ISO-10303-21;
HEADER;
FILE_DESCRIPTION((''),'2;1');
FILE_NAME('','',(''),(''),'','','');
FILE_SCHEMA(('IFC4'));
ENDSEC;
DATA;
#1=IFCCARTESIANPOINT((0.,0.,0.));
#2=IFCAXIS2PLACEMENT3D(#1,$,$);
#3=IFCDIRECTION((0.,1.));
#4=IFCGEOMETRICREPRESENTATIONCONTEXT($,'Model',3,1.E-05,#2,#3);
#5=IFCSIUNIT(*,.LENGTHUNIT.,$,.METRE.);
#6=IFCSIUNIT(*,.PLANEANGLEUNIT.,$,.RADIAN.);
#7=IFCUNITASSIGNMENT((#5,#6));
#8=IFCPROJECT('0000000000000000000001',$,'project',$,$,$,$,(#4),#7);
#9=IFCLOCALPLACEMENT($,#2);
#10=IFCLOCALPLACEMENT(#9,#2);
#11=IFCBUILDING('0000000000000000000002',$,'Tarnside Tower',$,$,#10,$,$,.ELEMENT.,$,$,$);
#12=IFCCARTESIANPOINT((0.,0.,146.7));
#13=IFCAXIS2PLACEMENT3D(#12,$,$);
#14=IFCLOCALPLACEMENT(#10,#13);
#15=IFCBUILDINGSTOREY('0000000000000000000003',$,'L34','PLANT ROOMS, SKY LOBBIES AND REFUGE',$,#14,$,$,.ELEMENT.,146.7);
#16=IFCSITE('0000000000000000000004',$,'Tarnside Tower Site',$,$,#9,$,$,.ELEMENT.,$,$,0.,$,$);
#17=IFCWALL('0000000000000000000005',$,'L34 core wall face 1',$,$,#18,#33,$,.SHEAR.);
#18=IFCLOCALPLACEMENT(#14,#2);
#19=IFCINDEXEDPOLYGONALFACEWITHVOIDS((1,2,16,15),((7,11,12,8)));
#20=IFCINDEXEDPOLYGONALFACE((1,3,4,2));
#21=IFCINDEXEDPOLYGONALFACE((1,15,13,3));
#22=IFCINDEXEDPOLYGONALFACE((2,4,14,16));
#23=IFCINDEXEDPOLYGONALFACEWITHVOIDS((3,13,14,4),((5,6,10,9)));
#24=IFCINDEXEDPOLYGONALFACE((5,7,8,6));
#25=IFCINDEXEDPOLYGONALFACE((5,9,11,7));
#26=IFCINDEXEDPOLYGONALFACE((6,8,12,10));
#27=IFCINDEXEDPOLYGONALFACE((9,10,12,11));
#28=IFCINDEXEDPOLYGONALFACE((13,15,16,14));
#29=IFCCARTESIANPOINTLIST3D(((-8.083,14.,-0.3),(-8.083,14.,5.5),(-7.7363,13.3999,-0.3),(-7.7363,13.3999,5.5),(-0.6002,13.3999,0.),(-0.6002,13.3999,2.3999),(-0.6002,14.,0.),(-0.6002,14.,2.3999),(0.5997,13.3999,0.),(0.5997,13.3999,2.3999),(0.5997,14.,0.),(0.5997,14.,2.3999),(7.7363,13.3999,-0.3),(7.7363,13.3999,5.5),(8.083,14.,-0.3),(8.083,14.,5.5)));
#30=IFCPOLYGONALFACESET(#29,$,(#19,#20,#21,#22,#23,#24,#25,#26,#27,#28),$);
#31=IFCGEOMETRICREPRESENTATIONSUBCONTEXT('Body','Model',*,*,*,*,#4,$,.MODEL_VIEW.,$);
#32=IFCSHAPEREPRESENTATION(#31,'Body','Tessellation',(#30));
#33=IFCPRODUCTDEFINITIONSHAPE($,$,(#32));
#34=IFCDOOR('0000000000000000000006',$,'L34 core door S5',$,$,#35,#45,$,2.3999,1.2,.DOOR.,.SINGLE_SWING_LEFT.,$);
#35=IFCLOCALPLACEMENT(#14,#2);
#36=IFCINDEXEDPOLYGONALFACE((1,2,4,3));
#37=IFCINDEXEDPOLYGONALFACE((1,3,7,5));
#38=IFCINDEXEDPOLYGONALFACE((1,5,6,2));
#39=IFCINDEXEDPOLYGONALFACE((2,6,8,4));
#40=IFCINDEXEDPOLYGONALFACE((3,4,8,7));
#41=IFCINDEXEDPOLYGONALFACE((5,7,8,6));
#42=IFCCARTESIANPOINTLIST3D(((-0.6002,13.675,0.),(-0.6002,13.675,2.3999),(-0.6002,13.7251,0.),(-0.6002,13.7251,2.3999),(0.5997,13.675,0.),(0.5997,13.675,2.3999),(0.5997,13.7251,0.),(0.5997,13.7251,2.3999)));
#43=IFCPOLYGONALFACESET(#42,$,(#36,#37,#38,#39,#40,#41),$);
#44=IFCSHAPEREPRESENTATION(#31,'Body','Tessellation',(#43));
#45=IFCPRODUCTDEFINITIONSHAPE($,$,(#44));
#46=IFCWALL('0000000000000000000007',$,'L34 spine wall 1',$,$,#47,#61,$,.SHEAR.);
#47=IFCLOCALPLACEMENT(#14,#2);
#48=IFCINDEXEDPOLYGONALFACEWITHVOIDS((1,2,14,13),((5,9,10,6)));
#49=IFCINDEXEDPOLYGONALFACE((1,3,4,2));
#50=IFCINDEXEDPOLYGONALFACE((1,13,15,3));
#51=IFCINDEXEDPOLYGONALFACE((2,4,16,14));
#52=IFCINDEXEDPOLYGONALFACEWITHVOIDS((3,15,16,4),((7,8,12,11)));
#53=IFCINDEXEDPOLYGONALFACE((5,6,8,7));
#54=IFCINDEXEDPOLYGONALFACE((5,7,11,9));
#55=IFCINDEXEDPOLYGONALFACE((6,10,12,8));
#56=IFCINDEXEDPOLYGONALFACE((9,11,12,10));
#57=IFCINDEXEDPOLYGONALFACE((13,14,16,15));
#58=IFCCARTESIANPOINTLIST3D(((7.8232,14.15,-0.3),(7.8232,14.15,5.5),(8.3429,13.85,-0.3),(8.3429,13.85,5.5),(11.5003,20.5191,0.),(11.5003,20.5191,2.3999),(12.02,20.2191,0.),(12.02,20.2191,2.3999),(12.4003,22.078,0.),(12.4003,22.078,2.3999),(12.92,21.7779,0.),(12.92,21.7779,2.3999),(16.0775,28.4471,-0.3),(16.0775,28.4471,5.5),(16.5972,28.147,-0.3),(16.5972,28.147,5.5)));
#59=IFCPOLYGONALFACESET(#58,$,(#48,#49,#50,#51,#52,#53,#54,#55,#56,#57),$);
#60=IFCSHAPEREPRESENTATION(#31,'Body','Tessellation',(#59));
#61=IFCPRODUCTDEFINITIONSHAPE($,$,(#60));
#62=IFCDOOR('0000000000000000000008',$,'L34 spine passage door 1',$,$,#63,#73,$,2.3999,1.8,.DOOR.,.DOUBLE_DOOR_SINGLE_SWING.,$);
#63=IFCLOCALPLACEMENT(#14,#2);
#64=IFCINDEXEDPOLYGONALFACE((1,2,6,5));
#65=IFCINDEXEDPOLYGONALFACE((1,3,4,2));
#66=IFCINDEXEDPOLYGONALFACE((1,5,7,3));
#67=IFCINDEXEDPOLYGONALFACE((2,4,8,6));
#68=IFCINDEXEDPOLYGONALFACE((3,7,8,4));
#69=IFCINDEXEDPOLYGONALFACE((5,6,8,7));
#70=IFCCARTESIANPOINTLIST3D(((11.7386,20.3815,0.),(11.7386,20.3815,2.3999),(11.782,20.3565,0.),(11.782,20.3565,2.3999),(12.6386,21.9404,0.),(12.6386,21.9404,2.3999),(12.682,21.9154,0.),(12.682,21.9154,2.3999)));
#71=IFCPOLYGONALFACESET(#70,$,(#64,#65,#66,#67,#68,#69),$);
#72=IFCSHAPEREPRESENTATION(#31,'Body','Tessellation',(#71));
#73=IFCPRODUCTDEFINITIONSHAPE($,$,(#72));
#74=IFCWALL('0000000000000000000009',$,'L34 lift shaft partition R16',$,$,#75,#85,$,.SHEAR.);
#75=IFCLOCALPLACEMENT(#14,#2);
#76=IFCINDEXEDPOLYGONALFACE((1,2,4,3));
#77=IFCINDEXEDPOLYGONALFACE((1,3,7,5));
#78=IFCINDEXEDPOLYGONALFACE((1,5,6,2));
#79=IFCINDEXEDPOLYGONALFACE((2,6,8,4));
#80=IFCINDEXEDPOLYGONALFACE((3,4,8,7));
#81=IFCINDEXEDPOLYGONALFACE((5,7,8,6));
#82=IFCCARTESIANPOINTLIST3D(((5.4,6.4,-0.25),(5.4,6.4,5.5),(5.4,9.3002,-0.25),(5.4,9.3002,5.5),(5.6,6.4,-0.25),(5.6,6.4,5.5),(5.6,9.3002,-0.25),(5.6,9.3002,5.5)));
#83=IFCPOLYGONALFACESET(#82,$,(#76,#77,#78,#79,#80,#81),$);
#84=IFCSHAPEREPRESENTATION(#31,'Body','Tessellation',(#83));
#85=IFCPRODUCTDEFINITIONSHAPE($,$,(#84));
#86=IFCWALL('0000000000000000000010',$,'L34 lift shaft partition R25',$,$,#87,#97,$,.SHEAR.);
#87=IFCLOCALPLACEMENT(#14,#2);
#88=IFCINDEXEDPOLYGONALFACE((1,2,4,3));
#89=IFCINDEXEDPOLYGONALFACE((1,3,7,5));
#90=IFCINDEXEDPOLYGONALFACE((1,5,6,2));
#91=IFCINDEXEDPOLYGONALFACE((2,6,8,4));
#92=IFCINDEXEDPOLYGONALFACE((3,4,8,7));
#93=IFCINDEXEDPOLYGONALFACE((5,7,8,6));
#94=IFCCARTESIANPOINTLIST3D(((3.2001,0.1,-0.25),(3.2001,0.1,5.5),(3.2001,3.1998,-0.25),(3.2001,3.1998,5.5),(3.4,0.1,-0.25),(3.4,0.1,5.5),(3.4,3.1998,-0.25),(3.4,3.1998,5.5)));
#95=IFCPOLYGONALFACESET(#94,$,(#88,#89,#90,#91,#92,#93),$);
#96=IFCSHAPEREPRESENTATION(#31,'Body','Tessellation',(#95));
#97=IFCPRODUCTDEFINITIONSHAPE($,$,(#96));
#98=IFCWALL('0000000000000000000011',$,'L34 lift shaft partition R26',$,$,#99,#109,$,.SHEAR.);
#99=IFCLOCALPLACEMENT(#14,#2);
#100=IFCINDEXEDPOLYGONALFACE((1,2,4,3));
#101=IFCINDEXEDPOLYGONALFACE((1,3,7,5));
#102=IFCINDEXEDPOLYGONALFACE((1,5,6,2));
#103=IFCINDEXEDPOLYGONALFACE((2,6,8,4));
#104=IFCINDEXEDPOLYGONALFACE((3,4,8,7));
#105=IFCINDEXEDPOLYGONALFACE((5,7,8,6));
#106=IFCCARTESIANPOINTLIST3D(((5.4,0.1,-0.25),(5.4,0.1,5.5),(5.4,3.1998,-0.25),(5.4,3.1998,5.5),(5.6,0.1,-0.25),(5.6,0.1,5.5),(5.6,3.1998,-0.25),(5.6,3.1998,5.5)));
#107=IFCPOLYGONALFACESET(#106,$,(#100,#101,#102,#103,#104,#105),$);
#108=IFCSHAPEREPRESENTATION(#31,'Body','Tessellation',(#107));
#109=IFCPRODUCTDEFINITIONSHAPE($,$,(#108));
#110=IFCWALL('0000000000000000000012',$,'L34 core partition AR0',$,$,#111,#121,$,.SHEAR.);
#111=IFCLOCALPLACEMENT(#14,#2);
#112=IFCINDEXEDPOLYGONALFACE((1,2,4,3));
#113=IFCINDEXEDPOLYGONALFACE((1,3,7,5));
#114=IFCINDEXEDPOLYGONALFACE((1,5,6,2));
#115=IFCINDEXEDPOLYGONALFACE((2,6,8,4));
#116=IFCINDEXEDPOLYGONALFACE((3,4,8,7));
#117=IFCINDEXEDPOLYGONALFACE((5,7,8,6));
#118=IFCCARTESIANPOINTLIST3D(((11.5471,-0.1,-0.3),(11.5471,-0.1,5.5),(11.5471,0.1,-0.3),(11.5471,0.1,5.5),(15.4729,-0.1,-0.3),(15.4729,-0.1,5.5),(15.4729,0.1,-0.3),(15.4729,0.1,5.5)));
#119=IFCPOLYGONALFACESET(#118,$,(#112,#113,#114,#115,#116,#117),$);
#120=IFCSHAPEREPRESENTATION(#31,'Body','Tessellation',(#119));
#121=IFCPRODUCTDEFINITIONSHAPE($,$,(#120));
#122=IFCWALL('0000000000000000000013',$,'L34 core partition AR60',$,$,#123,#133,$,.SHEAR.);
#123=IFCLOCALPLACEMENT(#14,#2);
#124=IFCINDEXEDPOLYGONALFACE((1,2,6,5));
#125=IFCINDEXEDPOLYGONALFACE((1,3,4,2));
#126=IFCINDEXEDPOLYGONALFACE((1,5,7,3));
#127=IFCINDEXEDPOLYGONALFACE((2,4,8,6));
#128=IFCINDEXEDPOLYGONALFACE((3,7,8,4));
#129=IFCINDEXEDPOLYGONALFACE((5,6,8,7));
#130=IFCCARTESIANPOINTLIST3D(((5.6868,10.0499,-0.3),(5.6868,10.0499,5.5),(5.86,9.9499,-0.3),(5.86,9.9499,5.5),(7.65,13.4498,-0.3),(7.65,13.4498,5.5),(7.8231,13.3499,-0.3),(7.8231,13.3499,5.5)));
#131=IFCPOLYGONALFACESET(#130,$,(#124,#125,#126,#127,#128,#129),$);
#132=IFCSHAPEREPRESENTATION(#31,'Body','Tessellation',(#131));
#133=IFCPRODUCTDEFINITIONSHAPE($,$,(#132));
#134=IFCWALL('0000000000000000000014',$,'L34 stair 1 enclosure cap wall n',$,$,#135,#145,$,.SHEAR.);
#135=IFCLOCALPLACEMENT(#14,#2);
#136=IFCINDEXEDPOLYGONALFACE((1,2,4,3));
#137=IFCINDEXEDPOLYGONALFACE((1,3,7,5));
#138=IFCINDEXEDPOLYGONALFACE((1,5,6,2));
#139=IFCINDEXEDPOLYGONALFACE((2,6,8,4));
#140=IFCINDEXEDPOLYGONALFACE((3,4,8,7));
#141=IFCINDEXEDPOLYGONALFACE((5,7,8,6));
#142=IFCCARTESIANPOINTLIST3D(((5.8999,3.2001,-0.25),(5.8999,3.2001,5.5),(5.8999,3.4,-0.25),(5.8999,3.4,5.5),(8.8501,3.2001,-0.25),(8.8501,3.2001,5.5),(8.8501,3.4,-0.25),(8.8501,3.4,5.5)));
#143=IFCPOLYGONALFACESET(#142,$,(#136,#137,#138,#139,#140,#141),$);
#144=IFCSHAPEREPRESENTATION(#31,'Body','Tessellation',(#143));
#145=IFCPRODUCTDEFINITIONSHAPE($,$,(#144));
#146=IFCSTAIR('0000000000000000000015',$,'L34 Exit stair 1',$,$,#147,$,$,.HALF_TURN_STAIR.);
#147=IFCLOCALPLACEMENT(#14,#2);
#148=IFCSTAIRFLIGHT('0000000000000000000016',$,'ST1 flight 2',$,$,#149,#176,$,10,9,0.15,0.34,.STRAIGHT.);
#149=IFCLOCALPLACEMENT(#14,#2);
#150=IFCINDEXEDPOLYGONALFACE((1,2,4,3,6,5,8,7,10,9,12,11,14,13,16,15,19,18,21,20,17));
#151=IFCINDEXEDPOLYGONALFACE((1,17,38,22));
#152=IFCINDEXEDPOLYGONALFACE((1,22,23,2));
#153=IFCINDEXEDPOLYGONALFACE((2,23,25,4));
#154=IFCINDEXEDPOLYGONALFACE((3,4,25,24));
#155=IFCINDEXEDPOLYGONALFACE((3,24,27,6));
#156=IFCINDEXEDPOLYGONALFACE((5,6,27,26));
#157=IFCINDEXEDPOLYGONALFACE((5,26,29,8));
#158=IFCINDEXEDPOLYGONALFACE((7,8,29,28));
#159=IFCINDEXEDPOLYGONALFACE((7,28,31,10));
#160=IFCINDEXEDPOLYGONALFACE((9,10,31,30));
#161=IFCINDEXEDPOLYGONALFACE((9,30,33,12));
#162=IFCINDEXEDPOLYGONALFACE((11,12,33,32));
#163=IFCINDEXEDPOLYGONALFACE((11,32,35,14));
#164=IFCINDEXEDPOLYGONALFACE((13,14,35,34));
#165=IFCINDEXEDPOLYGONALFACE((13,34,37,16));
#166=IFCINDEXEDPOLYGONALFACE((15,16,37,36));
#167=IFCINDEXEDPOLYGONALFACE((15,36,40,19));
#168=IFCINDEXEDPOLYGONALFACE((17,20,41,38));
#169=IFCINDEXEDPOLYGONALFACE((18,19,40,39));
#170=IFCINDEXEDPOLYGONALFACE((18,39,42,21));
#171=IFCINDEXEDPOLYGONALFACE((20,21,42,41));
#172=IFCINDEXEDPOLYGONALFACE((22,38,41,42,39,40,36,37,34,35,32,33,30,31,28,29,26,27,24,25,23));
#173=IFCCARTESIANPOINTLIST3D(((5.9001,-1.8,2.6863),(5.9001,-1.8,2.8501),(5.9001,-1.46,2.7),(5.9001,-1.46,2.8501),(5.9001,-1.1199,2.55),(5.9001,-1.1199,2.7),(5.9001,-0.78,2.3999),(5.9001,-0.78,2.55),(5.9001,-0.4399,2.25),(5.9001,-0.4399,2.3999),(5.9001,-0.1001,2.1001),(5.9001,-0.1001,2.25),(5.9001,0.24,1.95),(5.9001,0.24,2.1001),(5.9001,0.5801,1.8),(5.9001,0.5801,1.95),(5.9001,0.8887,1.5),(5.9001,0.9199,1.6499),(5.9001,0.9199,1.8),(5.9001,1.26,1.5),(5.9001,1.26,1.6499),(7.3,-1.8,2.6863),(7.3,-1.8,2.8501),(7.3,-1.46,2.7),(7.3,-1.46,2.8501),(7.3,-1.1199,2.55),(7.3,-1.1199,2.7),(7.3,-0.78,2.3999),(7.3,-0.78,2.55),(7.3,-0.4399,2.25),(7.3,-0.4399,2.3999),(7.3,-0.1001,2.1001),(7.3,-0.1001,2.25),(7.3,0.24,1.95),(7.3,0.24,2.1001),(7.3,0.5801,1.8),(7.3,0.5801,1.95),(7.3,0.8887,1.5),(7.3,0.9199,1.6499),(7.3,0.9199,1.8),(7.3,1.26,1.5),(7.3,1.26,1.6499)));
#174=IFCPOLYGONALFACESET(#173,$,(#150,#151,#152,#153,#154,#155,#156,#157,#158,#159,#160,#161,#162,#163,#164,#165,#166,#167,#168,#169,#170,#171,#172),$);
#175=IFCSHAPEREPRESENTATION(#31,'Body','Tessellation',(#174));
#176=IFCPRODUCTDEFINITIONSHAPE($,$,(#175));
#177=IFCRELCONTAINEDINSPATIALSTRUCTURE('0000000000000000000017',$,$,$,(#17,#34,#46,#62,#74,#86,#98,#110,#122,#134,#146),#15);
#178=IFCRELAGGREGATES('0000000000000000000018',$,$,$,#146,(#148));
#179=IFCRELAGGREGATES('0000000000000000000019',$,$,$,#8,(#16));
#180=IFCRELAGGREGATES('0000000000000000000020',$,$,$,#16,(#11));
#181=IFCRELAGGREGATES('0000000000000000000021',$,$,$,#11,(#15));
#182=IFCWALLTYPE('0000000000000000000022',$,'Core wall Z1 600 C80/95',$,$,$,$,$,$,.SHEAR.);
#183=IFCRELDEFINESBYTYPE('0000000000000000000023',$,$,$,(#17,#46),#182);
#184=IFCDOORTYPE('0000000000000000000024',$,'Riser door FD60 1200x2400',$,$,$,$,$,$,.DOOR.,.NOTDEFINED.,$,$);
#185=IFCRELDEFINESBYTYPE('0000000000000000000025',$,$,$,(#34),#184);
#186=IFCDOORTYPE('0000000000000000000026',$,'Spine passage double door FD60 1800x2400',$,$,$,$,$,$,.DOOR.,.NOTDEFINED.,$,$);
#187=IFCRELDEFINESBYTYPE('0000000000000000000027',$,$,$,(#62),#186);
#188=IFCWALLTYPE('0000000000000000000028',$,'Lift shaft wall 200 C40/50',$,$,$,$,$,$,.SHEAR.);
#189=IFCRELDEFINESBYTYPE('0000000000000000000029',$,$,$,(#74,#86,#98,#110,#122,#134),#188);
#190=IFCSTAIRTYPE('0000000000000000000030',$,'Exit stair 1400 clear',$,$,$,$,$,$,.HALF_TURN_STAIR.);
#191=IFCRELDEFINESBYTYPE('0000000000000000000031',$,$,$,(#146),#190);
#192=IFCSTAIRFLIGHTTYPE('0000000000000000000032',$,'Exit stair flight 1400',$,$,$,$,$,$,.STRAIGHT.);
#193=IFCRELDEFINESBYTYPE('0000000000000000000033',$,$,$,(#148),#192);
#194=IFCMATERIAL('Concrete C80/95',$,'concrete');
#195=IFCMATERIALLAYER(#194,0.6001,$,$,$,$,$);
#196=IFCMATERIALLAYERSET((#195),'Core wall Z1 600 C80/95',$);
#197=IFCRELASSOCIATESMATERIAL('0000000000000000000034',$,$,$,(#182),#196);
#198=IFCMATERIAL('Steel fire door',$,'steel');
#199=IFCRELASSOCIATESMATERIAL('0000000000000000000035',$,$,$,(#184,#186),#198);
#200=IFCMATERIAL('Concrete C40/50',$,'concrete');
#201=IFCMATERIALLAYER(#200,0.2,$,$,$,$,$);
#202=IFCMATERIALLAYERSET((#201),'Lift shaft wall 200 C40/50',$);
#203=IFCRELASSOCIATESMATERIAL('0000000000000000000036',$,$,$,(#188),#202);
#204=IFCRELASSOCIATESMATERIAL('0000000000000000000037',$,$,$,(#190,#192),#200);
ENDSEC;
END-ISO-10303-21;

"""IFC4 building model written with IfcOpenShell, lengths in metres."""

from ifc_helpers import new_model, si_unit, direction, frame, frame_2d, origin, place, context, subcontext, project, spatial, polyline, rectangle, outline, extrude, material, layer, layer_set, type_object, element, fill, aggregate, save


model = new_model("IFC4")

# Units and contexts
model_context = context("Model", 3, precision=1e-05, world=origin(), true_north=direction((0.0, 1.0)))
body_context = subcontext(model_context, "Body", "Model", "MODEL_VIEW")
ifc_project = project(units=[si_unit("LENGTHUNIT", "METRE"), si_unit("PLANEANGLEUNIT", "RADIAN")], contexts=[model_context])

# Site, building, storey
site_placement = place(None, origin())
site = spatial("IfcSite", under=ifc_project, at=site_placement, Name="Tarnside Tower Site", CompositionType="ELEMENT", RefElevation=0.0)
building_placement = place(site_placement, origin())
building = spatial("IfcBuilding", under=site, at=building_placement, Name="Tarnside Tower", CompositionType="ELEMENT")
storey_placement = place(building_placement, frame((0.0, 0.0, 146.7)))
storey = spatial("IfcBuildingStorey", under=building, at=storey_placement, Name="L34", Description="PLANT ROOMS, SKY LOBBIES AND REFUGE", CompositionType="ELEMENT", Elevation=146.7)

# Shared definitions
ifc_material_1 = material(Name="Steel fire door", Category="steel")

# Walls, openings, doors
ifc_material_2 = material(Name="Concrete C80/95", Category="concrete")
ifc_layer_1 = layer(ifc_material_2, 0.6001)
ifc_layer_set_1 = layer_set([ifc_layer_1], Name="Core wall Z1 600 C80/95")
wall_type_1 = type_object("IfcWallType", Name="Core wall Z1 600 C80/95", PredefinedType="SHEAR", material=ifc_layer_set_1)
wall_1_placement = place(storey_placement, frame((7.9097, 13.7, -0.3), z_axis=(0.0, 0.0, 1.0), x_axis=(-1.0, 0.0, 0.0)))
wall_1 = element("IfcWall", 1, at=wall_1_placement, inside=storey, type_object=wall_type_1, Name="L34 core wall face 1", PredefinedType="SHEAR", context=body_context, shape_type="SweptSolid", body=[
    extrude(outline(polyline([(-0.1733, -0.3), (15.9927, -0.3), (15.646, 0.3), (0.1733, 0.3), (-0.1733, -0.3)])), origin(), (0.0, 0.0, 1.0), 5.8),
])
opening_1_placement = place(wall_1_placement, frame((7.3098, 0.0, 0.3)))
opening_1 = element("IfcOpeningElement", 2, at=opening_1_placement, cuts=wall_1, PredefinedType="OPENING", context=body_context, shape_type="SweptSolid", body=[
    extrude(rectangle(XDim=1.2, YDim=2.3999, at=frame_2d((0.6001, 1.2))), frame((0.0, 0.3101, 0.0), z_axis=(0.0, -1.0, 0.0), x_axis=(1.0, 0.0, 0.0)), (0.0, 0.0, 1.0), 0.6201),
])
door_type_1 = type_object("IfcDoorType", Name="Riser door FD60 1200x2400", OperationType="NOTDEFINED", PredefinedType="DOOR", material=ifc_material_1)
door_1_placement = place(opening_1_placement, origin())
door_1 = element("IfcDoor", 3, at=door_1_placement, inside=storey, type_object=door_type_1, Name="L34 core door S5", OperationType="SINGLE_SWING_LEFT", OverallHeight=2.3999, OverallWidth=1.2, PredefinedType="DOOR", context=body_context, shape_type="SweptSolid", body=[
    extrude(rectangle(XDim=1.2, YDim=2.3999, at=frame_2d((0.6001, 1.2))), frame((0.0, 0.0249, 0.0), z_axis=(0.0, -1.0, 0.0), x_axis=(1.0, 0.0, 0.0)), (0.0, 0.0, 1.0), 0.05),
])
fill(opening_1, door_1)
wall_2_placement = place(storey_placement, frame((8.083, 14.0, -0.3), z_axis=(0.0, 0.0, 1.0), x_axis=(0.499998, 0.866027, 0.0)))
wall_2 = element("IfcWall", 4, at=wall_2_placement, inside=storey, type_object=wall_type_1, Name="L34 spine wall 1", PredefinedType="SHEAR", context=body_context, shape_type="SweptSolid", body=[
    extrude(rectangle(XDim=16.5088, YDim=0.6001, at=frame_2d((8.2544, 0.0))), origin(), (0.0, 0.0, 1.0), 5.8),
])
opening_2_placement = place(wall_2_placement, frame((7.3545, 0.0, 0.3)))
opening_2 = element("IfcOpeningElement", 5, at=opening_2_placement, cuts=wall_2, PredefinedType="OPENING", context=body_context, shape_type="SweptSolid", body=[
    extrude(rectangle(XDim=1.8, YDim=2.3999, at=frame_2d((0.8999, 1.2))), frame((0.0, 0.3101, 0.0), z_axis=(0.0, -1.0, 0.0), x_axis=(1.0, 0.0, 0.0)), (0.0, 0.0, 1.0), 0.6201),
])
door_type_2 = type_object("IfcDoorType", Name="Spine passage double door FD60 1800x2400", OperationType="NOTDEFINED", PredefinedType="DOOR", material=ifc_material_1)
door_2_placement = place(opening_2_placement, origin())
door_2 = element("IfcDoor", 6, at=door_2_placement, inside=storey, type_object=door_type_2, Name="L34 spine passage door 1", OperationType="DOUBLE_DOOR_SINGLE_SWING", OverallHeight=2.3999, OverallWidth=1.8, PredefinedType="DOOR", context=body_context, shape_type="SweptSolid", body=[
    extrude(rectangle(XDim=1.8, YDim=2.3999, at=frame_2d((0.8999, 1.2))), frame((0.0, 0.0249, 0.0), z_axis=(0.0, -1.0, 0.0), x_axis=(1.0, 0.0, 0.0)), (0.0, 0.0, 1.0), 0.05),
])
fill(opening_2, door_2)

# Walls
ifc_material_3 = material(Name="Concrete C40/50", Category="concrete")
ifc_layer_2 = layer(ifc_material_3, 0.2)
ifc_layer_set_2 = layer_set([ifc_layer_2], Name="Lift shaft wall 200 C40/50")
wall_type_2 = type_object("IfcWallType", Name="Lift shaft wall 200 C40/50", PredefinedType="SHEAR", material=ifc_layer_set_2)
wall_3_placement = place(storey_placement, frame((5.5, 6.3999, -0.25), z_axis=(0.0, 0.0, 1.0), x_axis=(0.0, 1.0, 0.0)))
element("IfcWall", 7, at=wall_3_placement, inside=storey, type_object=wall_type_2, Name="L34 lift shaft partition R16", PredefinedType="SHEAR", context=body_context, shape_type="SweptSolid", body=[
    extrude(rectangle(XDim=2.9001, YDim=0.2, at=frame_2d((1.4502, 0.0))), origin(), (0.0, 0.0, 1.0), 5.75),
])
for number, where, z_axis, x_axis, name in (
    (8, (3.3, 0.1001, -0.25), (0.0, 0.0, 1.0), (0.0, 1.0, 0.0), "L34 lift shaft partition R25"),
    (9, (5.5, 0.1001, -0.25), (0.0, 0.0, 1.0), (0.0, 1.0, 0.0), "L34 lift shaft partition R26"),
):
    element("IfcWall", number, at=place(storey_placement, frame(where, z_axis=z_axis, x_axis=x_axis)), inside=storey, type_object=wall_type_2, Name=name, PredefinedType="SHEAR", context=body_context, shape_type="SweptSolid", body=[
        extrude(rectangle(XDim=3.0999, YDim=0.2, at=frame_2d((1.5498, 0.0))), origin(), (0.0, 0.0, 1.0), 5.75),
    ])
wall_4_placement = place(storey_placement, frame((11.5471, 0.0, -0.3), z_axis=(0.0, 0.0, 1.0), x_axis=(1.0, 0.0, 0.0)))
element("IfcWall", 10, at=wall_4_placement, inside=storey, type_object=wall_type_2, Name="L34 core partition AR0", PredefinedType="SHEAR", context=body_context, shape_type="SweptSolid", body=[
    extrude(rectangle(XDim=3.9258, YDim=0.2, at=frame_2d((1.9629, 0.0))), origin(), (0.0, 0.0, 1.0), 5.8),
])
wall_5_placement = place(storey_placement, frame((5.7734, 10.0, -0.3), z_axis=(0.0, 0.0, 1.0), x_axis=(0.500038, 0.866003, 0.0)))
element("IfcWall", 11, at=wall_5_placement, inside=storey, type_object=wall_type_2, Name="L34 core partition AR60", PredefinedType="SHEAR", context=body_context, shape_type="SweptSolid", body=[
    extrude(rectangle(XDim=3.926, YDim=0.2, at=frame_2d((1.9629, 0.0))), origin(), (0.0, 0.0, 1.0), 5.8),
])
wall_6_placement = place(storey_placement, frame((5.8999, 3.3, -0.25), z_axis=(0.0, 0.0, 1.0), x_axis=(1.0, 0.0, 0.0)))
element("IfcWall", 12, at=wall_6_placement, inside=storey, type_object=wall_type_2, Name="L34 stair 1 enclosure cap wall n", PredefinedType="SHEAR", context=body_context, shape_type="SweptSolid", body=[
    extrude(rectangle(XDim=2.9502, YDim=0.2, at=frame_2d((1.4751, 0.0))), origin(), (0.0, 0.0, 1.0), 5.75),
])

# Stair, stair flight
stair_type = type_object("IfcStairType", Name="Exit stair 1400 clear", PredefinedType="HALF_TURN_STAIR", material=ifc_material_3)
stair_placement = place(storey_placement, origin())
stair = element("IfcStair", 13, at=stair_placement, inside=storey, type_object=stair_type, Name="L34 Exit stair 1", PredefinedType="HALF_TURN_STAIR")
stair_flight_type = type_object("IfcStairFlightType", Name="Exit stair flight 1400", PredefinedType="STRAIGHT", material=ifc_material_3)
stair_flight_1_placement = place(storey_placement, frame((6.6001, 1.26, 1.5), z_axis=(0.0, 0.0, 1.0), x_axis=(0.0, -1.0, 0.0)))
stair_flight_1 = element("IfcStairFlight", 14, at=stair_flight_1_placement, type_object=stair_flight_type, Name="ST1 flight 2", NumberOfRisers=10, NumberOfTreads=9, PredefinedType="STRAIGHT", RiserHeight=0.15, TreadLength=0.34, context=body_context, shape_type="SweptSolid", body=[
    extrude(outline(polyline([(0.0, 0.0), (0.0, 0.1499), (0.3401, 0.1499), (0.3401, 0.3), (0.6799, 0.3), (0.6799, 0.45), (1.02, 0.45), (1.02, 0.6001), (1.3601, 0.6001), (1.3601, 0.75), (1.7, 0.75), (1.7, 0.8999), (2.04, 0.8999), (2.04, 1.05), (2.3799, 1.05), (2.3799, 1.2), (2.72, 1.2), (2.72, 1.3501), (3.0601, 1.3501), (3.0601, 1.5), (3.0601, 1.1863), (0.3713, 0.0), (0.0, 0.0)])), frame((0.0, 0.7, 0.0), z_axis=(0.0, -1.0, 0.0), x_axis=(1.0, 0.0, 0.0)), (0.0, 0.0, 1.0), 1.3999),
])
aggregate(stair, [stair_flight_1])

save(model, "model.ifc")
